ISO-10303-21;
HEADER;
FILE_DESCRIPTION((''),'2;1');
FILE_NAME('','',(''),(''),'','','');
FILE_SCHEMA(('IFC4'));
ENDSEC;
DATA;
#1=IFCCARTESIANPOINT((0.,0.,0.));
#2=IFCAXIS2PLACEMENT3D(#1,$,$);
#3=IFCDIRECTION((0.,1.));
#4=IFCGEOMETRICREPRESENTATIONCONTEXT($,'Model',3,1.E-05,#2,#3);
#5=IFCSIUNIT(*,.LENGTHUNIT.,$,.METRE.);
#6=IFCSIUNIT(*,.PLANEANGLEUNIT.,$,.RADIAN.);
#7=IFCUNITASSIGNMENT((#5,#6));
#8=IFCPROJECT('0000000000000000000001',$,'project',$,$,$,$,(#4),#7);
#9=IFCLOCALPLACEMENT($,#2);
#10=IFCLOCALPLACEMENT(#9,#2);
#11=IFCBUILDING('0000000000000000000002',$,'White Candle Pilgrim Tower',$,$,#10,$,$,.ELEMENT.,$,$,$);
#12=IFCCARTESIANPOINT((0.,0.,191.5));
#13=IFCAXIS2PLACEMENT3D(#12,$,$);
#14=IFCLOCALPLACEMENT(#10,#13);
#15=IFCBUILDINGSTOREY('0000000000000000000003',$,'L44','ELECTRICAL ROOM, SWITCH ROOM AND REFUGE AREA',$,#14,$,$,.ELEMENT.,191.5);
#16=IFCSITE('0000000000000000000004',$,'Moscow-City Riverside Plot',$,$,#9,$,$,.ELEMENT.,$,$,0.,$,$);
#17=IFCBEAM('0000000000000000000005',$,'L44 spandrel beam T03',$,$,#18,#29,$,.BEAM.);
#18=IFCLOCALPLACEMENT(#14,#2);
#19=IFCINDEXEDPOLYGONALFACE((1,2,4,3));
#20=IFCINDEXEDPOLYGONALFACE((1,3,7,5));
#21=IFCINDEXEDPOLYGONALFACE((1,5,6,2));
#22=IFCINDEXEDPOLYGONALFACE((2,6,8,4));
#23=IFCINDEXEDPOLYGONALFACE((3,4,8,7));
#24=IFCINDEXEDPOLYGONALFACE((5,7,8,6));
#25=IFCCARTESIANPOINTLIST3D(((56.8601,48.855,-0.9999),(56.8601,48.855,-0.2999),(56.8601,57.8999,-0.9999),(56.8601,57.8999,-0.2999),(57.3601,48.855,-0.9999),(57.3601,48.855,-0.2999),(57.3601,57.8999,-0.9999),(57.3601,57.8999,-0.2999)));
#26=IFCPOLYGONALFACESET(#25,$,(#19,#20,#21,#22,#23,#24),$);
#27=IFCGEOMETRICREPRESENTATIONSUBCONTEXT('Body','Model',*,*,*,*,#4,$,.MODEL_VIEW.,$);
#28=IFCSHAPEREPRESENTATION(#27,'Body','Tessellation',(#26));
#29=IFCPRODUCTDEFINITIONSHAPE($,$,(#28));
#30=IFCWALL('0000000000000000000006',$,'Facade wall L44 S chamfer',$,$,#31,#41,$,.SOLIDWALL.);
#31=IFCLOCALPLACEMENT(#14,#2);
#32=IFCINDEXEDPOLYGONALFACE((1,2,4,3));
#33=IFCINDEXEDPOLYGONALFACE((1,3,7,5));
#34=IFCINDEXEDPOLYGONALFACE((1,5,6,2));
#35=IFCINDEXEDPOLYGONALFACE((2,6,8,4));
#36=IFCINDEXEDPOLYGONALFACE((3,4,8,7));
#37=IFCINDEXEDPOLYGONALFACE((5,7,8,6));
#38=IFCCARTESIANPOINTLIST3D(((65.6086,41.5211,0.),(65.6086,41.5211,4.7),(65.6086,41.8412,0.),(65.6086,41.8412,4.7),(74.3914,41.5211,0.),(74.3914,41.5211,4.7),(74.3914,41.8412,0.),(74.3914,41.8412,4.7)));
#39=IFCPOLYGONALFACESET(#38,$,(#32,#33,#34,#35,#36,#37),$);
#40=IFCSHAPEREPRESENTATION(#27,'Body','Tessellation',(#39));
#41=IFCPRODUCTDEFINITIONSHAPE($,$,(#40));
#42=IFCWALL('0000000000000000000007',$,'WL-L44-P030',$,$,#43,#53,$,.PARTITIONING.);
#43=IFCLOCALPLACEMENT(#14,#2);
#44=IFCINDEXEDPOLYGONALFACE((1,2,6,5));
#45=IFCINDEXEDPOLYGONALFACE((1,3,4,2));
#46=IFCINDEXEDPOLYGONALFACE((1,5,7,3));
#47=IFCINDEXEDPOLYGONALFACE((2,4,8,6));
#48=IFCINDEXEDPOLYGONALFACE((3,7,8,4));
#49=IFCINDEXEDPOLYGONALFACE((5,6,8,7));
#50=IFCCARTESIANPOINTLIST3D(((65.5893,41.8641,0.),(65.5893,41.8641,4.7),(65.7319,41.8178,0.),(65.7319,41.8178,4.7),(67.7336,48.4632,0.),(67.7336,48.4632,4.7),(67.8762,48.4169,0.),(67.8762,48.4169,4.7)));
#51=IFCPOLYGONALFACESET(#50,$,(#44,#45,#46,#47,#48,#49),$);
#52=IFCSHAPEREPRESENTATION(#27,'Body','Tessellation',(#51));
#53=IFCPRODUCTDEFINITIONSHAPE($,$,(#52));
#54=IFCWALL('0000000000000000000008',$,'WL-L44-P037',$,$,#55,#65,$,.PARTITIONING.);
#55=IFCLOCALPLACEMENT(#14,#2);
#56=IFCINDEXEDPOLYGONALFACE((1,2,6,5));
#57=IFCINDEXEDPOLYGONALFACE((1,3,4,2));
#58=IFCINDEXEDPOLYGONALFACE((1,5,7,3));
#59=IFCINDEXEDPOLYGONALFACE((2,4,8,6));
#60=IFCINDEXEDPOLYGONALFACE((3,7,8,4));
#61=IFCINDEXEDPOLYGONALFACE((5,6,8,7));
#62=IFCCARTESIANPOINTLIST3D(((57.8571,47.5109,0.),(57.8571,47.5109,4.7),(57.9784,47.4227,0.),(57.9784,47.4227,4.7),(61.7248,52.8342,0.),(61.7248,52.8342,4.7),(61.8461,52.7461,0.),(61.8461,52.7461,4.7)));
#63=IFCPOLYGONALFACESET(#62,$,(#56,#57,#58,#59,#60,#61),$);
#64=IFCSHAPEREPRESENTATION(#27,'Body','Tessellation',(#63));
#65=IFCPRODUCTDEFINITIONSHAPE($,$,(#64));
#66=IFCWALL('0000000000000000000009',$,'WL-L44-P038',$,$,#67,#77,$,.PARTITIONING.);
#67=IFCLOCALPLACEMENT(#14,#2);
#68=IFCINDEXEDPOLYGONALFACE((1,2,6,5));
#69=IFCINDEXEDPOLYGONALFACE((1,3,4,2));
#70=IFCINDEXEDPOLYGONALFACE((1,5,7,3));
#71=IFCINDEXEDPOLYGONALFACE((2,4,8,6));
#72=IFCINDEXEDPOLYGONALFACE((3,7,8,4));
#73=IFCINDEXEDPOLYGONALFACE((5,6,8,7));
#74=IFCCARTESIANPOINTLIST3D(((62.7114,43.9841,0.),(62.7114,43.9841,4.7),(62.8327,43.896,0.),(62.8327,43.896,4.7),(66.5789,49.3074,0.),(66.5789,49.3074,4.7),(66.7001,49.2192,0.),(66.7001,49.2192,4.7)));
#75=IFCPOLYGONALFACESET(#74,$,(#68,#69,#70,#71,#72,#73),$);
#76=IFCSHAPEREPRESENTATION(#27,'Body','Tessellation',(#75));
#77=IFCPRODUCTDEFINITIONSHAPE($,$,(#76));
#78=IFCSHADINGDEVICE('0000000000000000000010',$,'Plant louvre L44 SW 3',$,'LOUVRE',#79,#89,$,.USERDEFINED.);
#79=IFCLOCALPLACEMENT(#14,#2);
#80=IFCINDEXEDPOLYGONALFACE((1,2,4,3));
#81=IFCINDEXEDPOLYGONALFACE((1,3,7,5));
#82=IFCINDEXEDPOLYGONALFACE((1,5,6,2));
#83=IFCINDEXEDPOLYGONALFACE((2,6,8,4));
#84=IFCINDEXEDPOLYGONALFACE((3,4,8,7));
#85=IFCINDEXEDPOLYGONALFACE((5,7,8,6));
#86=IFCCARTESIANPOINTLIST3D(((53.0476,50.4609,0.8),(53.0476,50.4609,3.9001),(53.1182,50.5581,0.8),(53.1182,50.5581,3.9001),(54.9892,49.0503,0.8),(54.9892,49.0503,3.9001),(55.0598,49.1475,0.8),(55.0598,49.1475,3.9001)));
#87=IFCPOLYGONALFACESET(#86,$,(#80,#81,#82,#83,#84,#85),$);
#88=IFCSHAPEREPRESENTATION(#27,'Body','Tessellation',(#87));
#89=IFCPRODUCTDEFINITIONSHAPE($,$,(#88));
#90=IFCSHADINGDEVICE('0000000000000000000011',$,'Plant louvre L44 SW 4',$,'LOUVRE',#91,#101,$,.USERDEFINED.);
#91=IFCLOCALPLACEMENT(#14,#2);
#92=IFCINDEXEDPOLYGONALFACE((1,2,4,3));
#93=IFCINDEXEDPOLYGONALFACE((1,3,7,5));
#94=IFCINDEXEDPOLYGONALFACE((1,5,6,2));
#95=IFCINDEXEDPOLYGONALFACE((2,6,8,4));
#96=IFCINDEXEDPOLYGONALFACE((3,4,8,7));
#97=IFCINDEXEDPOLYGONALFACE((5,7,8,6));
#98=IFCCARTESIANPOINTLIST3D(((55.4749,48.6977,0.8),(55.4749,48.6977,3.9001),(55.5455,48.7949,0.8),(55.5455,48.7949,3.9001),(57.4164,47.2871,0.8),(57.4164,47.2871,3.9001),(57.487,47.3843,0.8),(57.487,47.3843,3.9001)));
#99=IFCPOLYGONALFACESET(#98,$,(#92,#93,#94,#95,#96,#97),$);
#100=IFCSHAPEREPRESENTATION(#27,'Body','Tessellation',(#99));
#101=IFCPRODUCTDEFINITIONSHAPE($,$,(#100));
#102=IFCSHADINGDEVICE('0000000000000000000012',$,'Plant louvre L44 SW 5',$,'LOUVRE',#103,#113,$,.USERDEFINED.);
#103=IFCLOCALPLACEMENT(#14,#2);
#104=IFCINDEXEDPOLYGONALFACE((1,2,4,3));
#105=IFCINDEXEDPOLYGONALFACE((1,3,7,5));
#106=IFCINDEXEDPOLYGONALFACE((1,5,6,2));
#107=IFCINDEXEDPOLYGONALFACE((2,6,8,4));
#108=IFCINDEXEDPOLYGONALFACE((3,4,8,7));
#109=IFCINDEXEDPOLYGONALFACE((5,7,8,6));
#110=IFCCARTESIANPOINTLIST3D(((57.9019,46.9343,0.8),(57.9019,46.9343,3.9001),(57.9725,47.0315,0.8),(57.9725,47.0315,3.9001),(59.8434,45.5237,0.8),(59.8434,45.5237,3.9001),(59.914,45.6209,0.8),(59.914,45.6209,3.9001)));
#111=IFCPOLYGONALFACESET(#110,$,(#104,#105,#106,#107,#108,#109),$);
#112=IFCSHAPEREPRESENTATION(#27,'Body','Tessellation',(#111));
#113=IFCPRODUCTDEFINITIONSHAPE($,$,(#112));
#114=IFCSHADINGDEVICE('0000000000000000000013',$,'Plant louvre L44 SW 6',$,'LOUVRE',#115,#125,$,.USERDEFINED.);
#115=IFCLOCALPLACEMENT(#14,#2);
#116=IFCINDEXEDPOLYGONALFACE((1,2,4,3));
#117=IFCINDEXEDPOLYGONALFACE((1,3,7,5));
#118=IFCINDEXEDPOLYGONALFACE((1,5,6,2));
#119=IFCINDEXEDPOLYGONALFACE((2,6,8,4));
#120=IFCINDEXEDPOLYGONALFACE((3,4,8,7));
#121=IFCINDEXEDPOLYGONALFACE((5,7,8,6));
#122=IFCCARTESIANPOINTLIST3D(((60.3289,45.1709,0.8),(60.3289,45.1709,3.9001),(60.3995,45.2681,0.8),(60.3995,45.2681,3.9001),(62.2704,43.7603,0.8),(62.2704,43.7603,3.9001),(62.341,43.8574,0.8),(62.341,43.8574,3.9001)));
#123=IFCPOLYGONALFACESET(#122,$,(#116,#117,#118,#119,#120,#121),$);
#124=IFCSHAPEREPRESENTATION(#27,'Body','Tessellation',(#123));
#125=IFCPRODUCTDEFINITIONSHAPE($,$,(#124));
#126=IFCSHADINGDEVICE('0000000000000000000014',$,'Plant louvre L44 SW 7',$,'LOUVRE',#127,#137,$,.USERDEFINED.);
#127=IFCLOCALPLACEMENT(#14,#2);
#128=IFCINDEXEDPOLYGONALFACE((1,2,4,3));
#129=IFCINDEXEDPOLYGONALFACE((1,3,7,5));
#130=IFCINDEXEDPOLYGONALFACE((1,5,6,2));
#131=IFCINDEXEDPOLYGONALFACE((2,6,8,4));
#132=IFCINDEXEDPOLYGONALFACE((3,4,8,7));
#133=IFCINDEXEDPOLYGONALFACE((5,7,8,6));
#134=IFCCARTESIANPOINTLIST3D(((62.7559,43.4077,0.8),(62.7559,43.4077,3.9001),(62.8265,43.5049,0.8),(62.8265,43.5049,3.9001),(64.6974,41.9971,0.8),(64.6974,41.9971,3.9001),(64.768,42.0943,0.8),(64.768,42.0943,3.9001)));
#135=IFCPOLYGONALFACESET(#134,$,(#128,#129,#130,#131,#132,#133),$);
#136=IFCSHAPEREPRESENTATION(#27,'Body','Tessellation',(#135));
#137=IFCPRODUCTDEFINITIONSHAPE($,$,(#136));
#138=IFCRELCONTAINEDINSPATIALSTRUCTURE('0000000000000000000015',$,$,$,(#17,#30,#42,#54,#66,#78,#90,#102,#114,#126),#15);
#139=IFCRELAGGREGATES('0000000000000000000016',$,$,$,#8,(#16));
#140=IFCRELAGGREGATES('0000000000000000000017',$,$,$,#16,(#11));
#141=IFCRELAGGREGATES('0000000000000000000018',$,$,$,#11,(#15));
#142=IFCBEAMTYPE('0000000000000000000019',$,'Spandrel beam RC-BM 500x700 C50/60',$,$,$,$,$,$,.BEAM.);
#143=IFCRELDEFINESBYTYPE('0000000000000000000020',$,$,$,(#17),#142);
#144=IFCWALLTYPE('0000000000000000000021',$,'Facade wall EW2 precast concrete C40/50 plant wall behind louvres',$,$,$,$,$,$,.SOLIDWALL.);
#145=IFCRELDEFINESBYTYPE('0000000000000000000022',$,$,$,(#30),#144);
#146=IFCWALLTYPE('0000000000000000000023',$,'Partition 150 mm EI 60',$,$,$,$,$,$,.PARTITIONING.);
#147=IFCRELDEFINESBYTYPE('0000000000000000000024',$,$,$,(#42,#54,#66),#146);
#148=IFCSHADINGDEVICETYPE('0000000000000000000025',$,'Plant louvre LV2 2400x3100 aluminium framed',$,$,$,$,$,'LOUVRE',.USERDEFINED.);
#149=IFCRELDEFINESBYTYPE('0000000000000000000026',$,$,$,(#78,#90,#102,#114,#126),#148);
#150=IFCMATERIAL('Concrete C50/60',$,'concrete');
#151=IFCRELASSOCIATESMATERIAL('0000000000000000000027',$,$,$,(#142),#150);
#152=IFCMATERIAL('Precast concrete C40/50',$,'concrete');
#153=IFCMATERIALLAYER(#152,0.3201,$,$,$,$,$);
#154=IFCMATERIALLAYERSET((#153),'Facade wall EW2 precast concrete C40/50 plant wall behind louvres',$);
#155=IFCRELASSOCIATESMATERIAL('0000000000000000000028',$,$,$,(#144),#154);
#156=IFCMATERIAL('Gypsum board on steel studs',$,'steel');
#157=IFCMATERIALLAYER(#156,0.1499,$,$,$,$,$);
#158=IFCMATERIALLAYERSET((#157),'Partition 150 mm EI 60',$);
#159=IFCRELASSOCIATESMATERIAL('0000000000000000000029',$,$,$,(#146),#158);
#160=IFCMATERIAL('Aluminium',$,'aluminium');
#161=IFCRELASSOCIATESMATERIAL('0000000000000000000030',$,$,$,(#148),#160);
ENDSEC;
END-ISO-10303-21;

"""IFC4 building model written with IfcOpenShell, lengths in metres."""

from ifc_helpers import new_model, si_unit, direction, frame, frame_2d, origin, origin_2d, place, context, subcontext, project, spatial, rectangle, extrude, material, layer, layer_set, material_profile, profile_set, type_object, element, save


model = new_model("IFC4")

# Units and contexts
model_context = context("Model", 3, precision=1e-05, world=origin(), true_north=direction((0.0, 1.0)))
body_context = subcontext(model_context, "Body", "Model", "MODEL_VIEW")
ifc_project = project(units=[si_unit("LENGTHUNIT", "METRE"), si_unit("PLANEANGLEUNIT", "RADIAN")], contexts=[model_context])

# Site, building, storey
site_placement = place(None, origin())
site = spatial("IfcSite", under=ifc_project, at=site_placement, Name="Moscow-City Riverside Plot", CompositionType="ELEMENT", RefElevation=0.0)
building_placement = place(site_placement, origin())
building = spatial("IfcBuilding", under=site, at=building_placement, Name="White Candle Pilgrim Tower", CompositionType="ELEMENT")
storey_placement = place(building_placement, frame((0.0, 0.0, 191.5)))
storey = spatial("IfcBuildingStorey", under=building, at=storey_placement, Name="L44", Description="ELECTRICAL ROOM, SWITCH ROOM AND REFUGE AREA", CompositionType="ELEMENT", Elevation=191.5)

# Beam
ifc_material_1 = material(Name="Concrete C50/60", Category="concrete")
ifc_material_profile_1 = material_profile(ifc_material_1, rectangle(XDim=0.5, YDim=0.7, at=origin_2d()), Name="RC-BM 500x700")
ifc_profile_set_1 = profile_set([ifc_material_profile_1], Name="Concrete C50/60")
beam_type_1 = type_object("IfcBeamType", Name="Spandrel beam RC-BM 500x700 C50/60", PredefinedType="BEAM", material=ifc_profile_set_1)
beam_1_placement = place(storey_placement, frame((57.1101, 48.855, -0.6499), z_axis=(0.0, 1.0, 0.0), x_axis=(-1.0, 0.0, 0.0)))
element("IfcBeam", 1, at=beam_1_placement, inside=storey, type_object=beam_type_1, Name="L44 spandrel beam T03", PredefinedType="BEAM", context=body_context, shape_type="SweptSolid", body=[
    extrude(rectangle(XDim=0.5, YDim=0.7, at=origin_2d()), origin(), (0.0, 0.0, 1.0), 9.0449),
])

# Walls
ifc_material_2 = material(Name="Precast concrete C40/50", Category="concrete")
ifc_layer_1 = layer(ifc_material_2, 0.3201)
ifc_layer_set_1 = layer_set([ifc_layer_1], Name="Facade wall EW2 precast concrete C40/50 plant wall behind louvres")
wall_type_1 = type_object("IfcWallType", Name="Facade wall EW2 precast concrete C40/50 plant wall behind louvres", PredefinedType="SOLIDWALL", material=ifc_layer_set_1)
wall_1_placement = place(storey_placement, frame((65.6086, 41.6812, 0.0), z_axis=(0.0, 0.0, 1.0), x_axis=(1.0, 0.0, 0.0)))
element("IfcWall", 2, at=wall_1_placement, inside=storey, type_object=wall_type_1, Name="Facade wall L44 S chamfer", PredefinedType="SOLIDWALL", context=body_context, shape_type="SweptSolid", body=[
    extrude(rectangle(XDim=8.7827, YDim=0.3201, at=frame_2d((4.3914, 0.0))), origin(), (0.0, 0.0, 1.0), 4.7),
])
ifc_material_3 = material(Name="Gypsum board on steel studs", Category="steel")
ifc_layer_2 = layer(ifc_material_3, 0.1499)
ifc_layer_set_2 = layer_set([ifc_layer_2], Name="Partition 150 mm EI 60")
wall_type_2 = type_object("IfcWallType", Name="Partition 150 mm EI 60", PredefinedType="PARTITIONING", material=ifc_layer_set_2)
wall_2_placement = place(storey_placement, frame((65.6606, 41.8411, 0.0), z_axis=(0.0, 0.0, 1.0), x_axis=(0.30903, 0.951052, 0.0)))
element("IfcWall", 3, at=wall_2_placement, inside=storey, type_object=wall_type_2, Name="WL-L44-P030", PredefinedType="PARTITIONING", context=body_context, shape_type="SweptSolid", body=[
    extrude(rectangle(XDim=6.9387, YDim=0.1499, at=frame_2d((3.4692, 0.0))), origin(), (0.0, 0.0, 1.0), 4.7),
])
wall_3_placement = place(storey_placement, frame((57.9177, 47.4668, 0.0), z_axis=(0.0, 0.0, 1.0), x_axis=(0.587797, 0.809009, 0.0)))
element("IfcWall", 4, at=wall_3_placement, inside=storey, type_object=wall_type_2, Name="WL-L44-P037", PredefinedType="PARTITIONING", context=body_context, shape_type="SweptSolid", body=[
    extrude(rectangle(XDim=6.5801, YDim=0.1499, at=frame_2d((3.29, 0.0))), origin(), (0.0, 0.0, 1.0), 4.7),
])
wall_4_placement = place(storey_placement, frame((62.772, 43.9399, 0.0), z_axis=(0.0, 0.0, 1.0), x_axis=(0.587772, 0.809026, 0.0)))
element("IfcWall", 5, at=wall_4_placement, inside=storey, type_object=wall_type_2, Name="WL-L44-P038", PredefinedType="PARTITIONING", context=body_context, shape_type="SweptSolid", body=[
    extrude(rectangle(XDim=6.5798, YDim=0.1499, at=frame_2d((3.29, 0.0))), origin(), (0.0, 0.0, 1.0), 4.7),
])

# Shading devices
ifc_material_4 = material(Name="Aluminium", Category="aluminium")
shading_device_type = type_object("IfcShadingDeviceType", Name="Plant louvre LV2 2400x3100 aluminium framed", ElementType="LOUVRE", PredefinedType="USERDEFINED", material=ifc_material_4)
for number, where, z_axis, x_axis, name in (
    (6, (54.0537, 49.8042, 0.8), (0.0, 0.0, 1.0), (0.809017, -0.587785, 0.0), "Plant louvre L44 SW 3"),
    (7, (56.481, 48.041, 0.8), (0.0, 0.0, 1.0), (0.809017, -0.587785, 0.0), "Plant louvre L44 SW 4"),
    (8, (58.908, 46.2776, 0.8), (0.0, 0.0, 1.0), (0.809017, -0.587785, 0.0), "Plant louvre L44 SW 5"),
    (9, (61.335, 44.5142, 0.8), (0.0, 0.0, 1.0), (0.809017, -0.587785, 0.0), "Plant louvre L44 SW 6"),
    (10, (63.762, 42.751, 0.8), (0.0, 0.0, 1.0), (0.809017, -0.587785, 0.0), "Plant louvre L44 SW 7"),
):
    element("IfcShadingDevice", number, at=place(storey_placement, frame(where, z_axis=z_axis, x_axis=x_axis)), inside=storey, type_object=shading_device_type, Name=name, ObjectType="LOUVRE", PredefinedType="USERDEFINED", context=body_context, shape_type="SweptSolid", body=[
        extrude(rectangle(XDim=2.3999, YDim=0.1201, at=origin_2d()), origin(), (0.0, 0.0, 1.0), 3.1001),
    ])

save(model, "model.ifc")
